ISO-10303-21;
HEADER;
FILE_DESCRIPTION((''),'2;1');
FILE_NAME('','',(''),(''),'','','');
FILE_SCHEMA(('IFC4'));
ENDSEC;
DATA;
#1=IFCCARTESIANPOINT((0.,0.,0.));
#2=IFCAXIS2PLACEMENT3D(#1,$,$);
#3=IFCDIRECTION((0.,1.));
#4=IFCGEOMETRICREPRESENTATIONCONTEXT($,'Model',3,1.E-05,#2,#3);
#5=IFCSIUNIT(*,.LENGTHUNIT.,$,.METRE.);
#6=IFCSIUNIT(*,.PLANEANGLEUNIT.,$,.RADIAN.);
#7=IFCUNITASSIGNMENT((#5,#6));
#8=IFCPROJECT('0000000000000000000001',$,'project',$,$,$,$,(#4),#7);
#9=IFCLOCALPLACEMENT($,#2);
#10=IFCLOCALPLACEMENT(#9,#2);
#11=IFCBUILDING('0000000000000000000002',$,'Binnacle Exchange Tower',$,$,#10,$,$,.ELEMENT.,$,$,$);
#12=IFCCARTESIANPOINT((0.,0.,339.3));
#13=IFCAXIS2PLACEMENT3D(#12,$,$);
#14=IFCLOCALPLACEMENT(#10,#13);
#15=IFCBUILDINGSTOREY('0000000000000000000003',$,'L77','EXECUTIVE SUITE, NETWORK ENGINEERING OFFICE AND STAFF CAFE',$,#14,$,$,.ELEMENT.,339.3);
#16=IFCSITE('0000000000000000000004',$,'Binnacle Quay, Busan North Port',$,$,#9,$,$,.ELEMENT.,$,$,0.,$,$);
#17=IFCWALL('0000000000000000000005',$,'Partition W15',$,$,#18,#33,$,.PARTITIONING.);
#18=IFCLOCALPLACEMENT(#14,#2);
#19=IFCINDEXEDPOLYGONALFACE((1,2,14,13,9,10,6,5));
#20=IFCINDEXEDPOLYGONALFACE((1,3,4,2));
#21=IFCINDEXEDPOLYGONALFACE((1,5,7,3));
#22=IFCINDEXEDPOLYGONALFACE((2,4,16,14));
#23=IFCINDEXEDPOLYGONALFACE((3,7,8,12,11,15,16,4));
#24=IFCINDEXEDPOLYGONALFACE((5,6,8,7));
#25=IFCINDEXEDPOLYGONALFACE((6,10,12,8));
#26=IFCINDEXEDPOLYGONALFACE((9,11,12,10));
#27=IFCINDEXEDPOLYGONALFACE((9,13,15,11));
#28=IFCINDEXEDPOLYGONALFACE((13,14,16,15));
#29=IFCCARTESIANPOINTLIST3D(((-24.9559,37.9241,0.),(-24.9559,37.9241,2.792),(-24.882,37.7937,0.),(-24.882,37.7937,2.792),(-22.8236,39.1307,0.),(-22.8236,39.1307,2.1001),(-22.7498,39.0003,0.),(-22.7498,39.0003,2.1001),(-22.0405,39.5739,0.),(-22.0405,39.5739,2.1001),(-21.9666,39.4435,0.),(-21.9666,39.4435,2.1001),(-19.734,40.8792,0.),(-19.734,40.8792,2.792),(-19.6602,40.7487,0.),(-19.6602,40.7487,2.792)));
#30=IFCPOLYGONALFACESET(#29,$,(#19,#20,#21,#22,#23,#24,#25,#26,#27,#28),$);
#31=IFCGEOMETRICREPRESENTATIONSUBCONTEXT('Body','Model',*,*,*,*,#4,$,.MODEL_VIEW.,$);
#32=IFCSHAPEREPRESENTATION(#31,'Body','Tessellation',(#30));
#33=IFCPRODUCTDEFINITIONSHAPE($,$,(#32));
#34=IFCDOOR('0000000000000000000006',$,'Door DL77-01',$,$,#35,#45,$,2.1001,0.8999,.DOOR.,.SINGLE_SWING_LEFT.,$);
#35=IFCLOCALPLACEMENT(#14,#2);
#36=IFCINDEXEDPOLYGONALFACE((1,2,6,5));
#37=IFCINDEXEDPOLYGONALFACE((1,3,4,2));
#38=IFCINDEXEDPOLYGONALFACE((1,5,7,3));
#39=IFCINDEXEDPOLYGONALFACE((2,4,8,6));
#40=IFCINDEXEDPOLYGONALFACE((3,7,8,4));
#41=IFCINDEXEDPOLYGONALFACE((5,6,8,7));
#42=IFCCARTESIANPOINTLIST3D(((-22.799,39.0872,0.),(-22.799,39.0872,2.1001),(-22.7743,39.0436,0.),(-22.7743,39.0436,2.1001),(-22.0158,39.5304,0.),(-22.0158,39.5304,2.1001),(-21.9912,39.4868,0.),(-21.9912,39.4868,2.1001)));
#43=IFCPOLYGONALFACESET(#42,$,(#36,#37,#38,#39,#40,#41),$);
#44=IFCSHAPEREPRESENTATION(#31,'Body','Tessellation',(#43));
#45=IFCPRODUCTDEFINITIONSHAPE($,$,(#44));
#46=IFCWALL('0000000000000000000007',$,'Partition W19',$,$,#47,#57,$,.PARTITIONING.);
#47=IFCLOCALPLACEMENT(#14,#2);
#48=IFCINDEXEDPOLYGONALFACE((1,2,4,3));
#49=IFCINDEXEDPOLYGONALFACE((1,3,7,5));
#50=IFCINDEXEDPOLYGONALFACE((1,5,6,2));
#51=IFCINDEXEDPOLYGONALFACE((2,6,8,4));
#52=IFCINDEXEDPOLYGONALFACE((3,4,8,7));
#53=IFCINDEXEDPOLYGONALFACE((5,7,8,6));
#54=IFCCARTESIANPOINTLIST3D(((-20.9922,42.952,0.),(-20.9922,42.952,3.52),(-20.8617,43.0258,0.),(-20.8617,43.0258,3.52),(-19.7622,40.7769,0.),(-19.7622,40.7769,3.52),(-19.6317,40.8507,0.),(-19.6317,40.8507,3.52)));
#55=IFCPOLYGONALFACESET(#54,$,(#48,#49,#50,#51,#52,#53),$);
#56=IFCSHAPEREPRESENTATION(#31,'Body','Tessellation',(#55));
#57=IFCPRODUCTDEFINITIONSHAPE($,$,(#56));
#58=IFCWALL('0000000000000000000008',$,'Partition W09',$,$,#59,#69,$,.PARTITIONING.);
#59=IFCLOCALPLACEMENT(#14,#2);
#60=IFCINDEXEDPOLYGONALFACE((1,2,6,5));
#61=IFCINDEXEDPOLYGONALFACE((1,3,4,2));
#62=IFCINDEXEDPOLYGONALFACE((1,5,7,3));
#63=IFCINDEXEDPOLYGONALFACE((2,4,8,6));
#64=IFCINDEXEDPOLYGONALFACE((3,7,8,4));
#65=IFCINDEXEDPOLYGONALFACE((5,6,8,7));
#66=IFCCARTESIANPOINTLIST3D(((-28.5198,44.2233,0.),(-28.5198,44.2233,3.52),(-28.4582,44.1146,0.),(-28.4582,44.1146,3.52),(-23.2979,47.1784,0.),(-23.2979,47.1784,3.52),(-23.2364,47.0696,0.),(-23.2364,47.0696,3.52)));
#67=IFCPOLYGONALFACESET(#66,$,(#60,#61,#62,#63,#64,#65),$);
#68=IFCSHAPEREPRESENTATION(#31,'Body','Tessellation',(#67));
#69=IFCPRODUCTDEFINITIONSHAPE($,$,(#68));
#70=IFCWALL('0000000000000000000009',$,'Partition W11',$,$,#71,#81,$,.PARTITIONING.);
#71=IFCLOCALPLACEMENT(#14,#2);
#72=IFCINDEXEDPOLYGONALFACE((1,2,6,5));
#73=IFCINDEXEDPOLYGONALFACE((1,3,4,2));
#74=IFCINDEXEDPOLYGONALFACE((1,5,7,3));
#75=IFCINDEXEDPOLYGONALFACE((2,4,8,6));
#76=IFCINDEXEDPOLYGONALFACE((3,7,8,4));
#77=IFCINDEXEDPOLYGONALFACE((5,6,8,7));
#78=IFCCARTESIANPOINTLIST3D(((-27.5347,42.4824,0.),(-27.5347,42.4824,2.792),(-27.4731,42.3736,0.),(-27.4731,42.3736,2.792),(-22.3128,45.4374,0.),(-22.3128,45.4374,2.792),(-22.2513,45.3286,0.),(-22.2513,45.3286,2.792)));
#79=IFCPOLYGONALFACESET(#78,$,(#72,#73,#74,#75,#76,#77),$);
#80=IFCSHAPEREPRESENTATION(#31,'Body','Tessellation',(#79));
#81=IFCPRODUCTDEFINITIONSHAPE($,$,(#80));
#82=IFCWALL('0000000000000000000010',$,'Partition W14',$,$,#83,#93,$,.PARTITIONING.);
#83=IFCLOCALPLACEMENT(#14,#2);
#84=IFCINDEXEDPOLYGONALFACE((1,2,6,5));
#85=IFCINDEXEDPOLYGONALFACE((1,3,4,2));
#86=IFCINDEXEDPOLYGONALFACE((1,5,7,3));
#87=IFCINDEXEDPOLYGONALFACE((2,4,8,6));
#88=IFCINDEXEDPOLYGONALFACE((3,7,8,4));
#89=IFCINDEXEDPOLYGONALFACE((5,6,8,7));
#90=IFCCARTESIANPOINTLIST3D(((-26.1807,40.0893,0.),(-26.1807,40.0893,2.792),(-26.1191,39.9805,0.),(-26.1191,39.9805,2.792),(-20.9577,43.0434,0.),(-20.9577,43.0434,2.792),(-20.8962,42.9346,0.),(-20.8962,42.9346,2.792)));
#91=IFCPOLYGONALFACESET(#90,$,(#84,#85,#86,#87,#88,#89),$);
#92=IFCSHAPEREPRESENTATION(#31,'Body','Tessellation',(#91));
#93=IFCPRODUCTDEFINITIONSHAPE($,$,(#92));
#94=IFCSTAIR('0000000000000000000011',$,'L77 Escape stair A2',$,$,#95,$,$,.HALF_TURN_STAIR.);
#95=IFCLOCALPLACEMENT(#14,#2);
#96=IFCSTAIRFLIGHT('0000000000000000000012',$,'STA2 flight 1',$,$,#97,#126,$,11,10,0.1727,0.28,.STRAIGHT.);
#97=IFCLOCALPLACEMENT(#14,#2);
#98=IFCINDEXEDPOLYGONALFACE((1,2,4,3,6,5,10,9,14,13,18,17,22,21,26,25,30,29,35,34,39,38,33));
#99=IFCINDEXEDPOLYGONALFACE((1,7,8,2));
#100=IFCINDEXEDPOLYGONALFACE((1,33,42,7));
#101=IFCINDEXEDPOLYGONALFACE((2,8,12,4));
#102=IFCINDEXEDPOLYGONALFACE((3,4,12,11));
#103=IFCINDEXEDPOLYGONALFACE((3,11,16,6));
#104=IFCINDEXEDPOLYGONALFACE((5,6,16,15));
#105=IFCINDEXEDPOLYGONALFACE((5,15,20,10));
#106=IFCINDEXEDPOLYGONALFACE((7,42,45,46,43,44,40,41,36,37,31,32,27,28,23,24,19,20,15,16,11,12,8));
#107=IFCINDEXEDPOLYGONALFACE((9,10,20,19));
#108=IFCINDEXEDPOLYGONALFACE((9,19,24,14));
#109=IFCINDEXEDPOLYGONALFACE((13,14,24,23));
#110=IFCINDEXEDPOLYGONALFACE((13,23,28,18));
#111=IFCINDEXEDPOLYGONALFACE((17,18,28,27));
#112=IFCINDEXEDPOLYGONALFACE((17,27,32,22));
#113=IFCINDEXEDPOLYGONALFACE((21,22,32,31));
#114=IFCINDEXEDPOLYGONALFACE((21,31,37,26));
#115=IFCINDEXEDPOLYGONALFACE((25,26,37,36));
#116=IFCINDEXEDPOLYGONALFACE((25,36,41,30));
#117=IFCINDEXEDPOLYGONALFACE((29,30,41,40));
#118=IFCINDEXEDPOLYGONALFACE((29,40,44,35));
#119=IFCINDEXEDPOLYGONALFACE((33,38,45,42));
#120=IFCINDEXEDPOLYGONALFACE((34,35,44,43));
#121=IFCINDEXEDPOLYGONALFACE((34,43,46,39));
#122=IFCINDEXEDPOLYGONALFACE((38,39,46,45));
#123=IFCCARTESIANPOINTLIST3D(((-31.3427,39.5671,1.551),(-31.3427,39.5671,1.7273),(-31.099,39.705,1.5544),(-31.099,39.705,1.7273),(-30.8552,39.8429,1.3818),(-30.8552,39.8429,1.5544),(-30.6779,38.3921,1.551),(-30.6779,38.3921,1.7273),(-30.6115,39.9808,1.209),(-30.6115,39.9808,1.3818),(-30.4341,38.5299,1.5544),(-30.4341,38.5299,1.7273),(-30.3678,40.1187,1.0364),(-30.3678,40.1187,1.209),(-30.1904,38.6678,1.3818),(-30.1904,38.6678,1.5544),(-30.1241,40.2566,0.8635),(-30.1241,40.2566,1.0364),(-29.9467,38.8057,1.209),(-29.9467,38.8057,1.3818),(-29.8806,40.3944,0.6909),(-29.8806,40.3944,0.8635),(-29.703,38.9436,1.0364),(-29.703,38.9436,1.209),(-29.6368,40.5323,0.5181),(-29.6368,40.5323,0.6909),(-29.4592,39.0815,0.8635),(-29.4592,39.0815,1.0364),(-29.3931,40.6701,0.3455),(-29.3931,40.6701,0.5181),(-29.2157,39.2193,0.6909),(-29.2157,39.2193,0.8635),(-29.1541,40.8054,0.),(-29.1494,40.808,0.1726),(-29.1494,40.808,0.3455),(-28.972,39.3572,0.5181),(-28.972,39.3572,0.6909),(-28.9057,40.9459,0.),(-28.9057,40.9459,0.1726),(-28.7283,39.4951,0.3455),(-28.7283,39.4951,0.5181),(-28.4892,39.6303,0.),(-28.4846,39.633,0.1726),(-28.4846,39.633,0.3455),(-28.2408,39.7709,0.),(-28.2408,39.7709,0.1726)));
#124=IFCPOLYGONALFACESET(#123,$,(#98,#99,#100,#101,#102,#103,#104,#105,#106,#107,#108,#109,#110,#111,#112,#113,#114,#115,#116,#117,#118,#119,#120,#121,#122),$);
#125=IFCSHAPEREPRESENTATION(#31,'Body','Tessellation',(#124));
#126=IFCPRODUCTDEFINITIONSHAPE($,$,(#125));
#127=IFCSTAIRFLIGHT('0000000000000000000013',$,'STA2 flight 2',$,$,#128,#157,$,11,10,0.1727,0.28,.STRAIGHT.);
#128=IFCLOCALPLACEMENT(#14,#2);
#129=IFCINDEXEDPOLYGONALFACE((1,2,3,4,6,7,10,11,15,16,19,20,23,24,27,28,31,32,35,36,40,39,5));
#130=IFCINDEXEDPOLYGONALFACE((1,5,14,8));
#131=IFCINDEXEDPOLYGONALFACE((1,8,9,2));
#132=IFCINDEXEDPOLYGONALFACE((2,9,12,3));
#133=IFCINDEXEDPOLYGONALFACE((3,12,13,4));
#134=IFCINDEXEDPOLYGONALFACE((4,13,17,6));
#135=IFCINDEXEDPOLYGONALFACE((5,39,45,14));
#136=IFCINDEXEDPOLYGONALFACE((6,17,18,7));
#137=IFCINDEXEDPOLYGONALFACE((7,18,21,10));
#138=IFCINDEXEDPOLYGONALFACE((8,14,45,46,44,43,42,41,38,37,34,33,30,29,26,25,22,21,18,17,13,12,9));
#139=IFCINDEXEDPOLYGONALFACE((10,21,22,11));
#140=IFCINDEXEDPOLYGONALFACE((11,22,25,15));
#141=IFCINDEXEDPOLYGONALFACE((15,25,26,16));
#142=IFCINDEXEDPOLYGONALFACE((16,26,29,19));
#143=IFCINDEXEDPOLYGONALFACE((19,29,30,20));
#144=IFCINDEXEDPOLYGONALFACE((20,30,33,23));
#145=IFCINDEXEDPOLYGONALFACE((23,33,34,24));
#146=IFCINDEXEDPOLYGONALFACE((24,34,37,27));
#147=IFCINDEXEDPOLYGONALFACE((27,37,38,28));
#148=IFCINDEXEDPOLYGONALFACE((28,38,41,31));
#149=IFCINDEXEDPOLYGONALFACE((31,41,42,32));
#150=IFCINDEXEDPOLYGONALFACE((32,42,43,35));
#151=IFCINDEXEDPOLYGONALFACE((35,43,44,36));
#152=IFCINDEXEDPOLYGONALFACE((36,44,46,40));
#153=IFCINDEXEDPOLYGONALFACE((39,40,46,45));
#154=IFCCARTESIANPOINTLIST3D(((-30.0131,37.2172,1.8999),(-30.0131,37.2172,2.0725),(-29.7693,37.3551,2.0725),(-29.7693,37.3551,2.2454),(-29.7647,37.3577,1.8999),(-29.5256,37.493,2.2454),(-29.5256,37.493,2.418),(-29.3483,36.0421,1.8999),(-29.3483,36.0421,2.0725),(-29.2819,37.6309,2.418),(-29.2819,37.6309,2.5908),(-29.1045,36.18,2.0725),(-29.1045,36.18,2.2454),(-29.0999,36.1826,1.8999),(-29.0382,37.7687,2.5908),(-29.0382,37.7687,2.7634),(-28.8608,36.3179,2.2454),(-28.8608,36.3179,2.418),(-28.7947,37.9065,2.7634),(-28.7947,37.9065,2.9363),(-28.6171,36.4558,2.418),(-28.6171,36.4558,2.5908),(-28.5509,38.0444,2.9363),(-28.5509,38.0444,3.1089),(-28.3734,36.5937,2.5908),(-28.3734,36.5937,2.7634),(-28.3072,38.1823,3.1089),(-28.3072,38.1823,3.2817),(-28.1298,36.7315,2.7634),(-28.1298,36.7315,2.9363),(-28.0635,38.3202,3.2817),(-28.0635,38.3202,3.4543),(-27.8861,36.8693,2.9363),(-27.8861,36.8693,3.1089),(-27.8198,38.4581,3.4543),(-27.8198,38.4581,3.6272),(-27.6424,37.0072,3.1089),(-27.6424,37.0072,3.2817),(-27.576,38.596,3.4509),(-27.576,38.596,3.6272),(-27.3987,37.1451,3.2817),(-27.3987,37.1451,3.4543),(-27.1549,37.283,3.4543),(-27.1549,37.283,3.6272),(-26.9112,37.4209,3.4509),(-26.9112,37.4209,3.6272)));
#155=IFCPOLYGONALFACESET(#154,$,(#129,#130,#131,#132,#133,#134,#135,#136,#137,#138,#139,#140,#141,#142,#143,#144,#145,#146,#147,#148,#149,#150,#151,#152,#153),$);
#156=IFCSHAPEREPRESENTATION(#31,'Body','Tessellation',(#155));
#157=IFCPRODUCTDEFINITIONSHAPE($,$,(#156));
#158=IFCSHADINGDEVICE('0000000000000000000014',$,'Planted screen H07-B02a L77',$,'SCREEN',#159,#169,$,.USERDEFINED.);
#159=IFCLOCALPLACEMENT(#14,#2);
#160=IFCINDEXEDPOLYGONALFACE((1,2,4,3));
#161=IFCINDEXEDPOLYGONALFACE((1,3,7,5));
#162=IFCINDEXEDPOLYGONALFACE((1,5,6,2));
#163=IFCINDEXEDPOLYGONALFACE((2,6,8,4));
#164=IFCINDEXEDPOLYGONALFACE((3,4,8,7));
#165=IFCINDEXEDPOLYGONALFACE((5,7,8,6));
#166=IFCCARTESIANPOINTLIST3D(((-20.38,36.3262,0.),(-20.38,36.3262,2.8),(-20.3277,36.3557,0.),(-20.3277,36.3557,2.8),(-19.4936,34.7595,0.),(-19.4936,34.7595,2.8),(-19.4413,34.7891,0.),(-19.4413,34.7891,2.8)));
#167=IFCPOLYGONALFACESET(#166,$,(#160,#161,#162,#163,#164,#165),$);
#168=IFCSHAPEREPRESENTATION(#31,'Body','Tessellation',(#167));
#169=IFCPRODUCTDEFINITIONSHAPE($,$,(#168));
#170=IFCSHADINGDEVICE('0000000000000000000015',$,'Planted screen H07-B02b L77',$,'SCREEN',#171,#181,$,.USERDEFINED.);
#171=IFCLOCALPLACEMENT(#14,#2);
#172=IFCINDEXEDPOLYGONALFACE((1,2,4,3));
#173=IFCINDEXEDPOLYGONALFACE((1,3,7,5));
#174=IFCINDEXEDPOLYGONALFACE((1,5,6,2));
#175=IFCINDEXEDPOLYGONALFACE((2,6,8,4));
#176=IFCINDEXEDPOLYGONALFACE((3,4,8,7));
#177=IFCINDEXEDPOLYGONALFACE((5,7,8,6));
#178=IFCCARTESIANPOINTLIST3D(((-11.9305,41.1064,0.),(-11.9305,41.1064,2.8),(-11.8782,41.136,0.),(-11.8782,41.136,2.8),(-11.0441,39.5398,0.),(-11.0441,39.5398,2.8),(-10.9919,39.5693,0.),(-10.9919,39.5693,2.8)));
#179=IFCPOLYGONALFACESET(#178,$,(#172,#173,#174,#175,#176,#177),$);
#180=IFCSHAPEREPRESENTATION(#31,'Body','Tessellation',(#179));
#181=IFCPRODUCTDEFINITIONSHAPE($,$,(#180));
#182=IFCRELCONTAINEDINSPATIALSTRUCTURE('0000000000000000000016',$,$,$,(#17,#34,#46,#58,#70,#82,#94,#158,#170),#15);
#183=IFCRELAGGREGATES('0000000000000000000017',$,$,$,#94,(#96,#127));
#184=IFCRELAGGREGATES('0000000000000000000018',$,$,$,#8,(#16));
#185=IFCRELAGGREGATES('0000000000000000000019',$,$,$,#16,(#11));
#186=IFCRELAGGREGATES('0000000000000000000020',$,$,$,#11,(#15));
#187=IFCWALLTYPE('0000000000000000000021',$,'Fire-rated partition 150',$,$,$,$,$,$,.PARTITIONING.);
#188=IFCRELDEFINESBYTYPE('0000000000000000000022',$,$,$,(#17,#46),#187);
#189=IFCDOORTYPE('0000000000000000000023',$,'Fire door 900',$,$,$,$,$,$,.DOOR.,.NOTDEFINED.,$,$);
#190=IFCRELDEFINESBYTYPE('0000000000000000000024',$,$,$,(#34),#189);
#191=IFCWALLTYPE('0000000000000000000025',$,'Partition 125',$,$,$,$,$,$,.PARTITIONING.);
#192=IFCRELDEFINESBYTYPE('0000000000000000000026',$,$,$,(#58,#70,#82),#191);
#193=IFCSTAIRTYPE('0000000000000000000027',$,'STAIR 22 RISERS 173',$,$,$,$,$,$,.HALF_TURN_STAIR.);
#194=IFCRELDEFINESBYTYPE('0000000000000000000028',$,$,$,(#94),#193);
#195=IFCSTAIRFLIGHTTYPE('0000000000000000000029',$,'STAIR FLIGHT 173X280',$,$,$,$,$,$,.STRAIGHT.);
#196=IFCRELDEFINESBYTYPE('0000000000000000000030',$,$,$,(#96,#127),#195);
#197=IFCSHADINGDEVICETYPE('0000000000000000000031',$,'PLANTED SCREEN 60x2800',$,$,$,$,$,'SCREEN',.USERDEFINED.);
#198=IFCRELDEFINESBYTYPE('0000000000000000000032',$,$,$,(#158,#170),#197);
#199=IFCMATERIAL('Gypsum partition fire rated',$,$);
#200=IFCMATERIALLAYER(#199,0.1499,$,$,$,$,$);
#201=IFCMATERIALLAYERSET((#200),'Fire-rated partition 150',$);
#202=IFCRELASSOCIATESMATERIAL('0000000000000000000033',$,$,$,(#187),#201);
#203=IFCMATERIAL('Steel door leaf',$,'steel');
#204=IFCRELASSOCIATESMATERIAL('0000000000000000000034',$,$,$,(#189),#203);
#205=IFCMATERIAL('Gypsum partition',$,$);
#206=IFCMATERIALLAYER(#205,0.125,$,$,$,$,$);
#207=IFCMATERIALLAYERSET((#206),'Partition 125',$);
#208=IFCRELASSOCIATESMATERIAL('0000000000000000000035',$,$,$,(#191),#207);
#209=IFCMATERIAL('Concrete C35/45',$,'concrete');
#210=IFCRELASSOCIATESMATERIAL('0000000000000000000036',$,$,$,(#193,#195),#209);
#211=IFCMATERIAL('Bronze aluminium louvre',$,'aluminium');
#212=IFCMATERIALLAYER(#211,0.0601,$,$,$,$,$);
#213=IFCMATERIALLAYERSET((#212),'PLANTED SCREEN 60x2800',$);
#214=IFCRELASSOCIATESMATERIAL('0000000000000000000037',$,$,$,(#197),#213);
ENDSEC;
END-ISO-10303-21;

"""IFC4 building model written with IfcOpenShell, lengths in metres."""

from ifc_helpers import new_model, si_unit, direction, frame, frame_2d, origin, origin_2d, place, context, subcontext, project, spatial, polyline, rectangle, outline, extrude, material, layer, layer_set, type_object, element, fill, aggregate, save


model = new_model("IFC4")

# Units and contexts
model_context = context("Model", 3, precision=1e-05, world=origin(), true_north=direction((0.0, 1.0)))
body_context = subcontext(model_context, "Body", "Model", "MODEL_VIEW")
ifc_project = project(units=[si_unit("LENGTHUNIT", "METRE"), si_unit("PLANEANGLEUNIT", "RADIAN")], contexts=[model_context])

# Site, building, storey
site_placement = place(None, origin())
site = spatial("IfcSite", under=ifc_project, at=site_placement, Name="Binnacle Quay, Busan North Port", CompositionType="ELEMENT", RefElevation=0.0)
building_placement = place(site_placement, origin())
building = spatial("IfcBuilding", under=site, at=building_placement, Name="Binnacle Exchange Tower", CompositionType="ELEMENT")
storey_placement = place(building_placement, frame((0.0, 0.0, 339.3)))
storey = spatial("IfcBuildingStorey", under=building, at=storey_placement, Name="L77", Description="EXECUTIVE SUITE, NETWORK ENGINEERING OFFICE AND STAFF CAFE", CompositionType="ELEMENT", Elevation=339.3)

# Shared definitions
ifc_material_1 = material(Name="Steel door leaf", Category="steel")

# Wall, opening, door
ifc_material_2 = material(Name="Gypsum partition fire rated")
ifc_layer_1 = layer(ifc_material_2, 0.1499)
ifc_layer_set_1 = layer_set([ifc_layer_1], Name="Fire-rated partition 150")
wall_type_1 = type_object("IfcWallType", Name="Fire-rated partition 150", PredefinedType="PARTITIONING", material=ifc_layer_set_1)
wall_1_placement = place(storey_placement, frame((-24.9189, 37.8589, 0.0), z_axis=(0.0, 0.0, 1.0), x_axis=(0.870309, 0.492506, 0.0)))
wall_1 = element("IfcWall", 1, at=wall_1_placement, inside=storey, type_object=wall_type_1, Name="Partition W15", PredefinedType="PARTITIONING", context=body_context, shape_type="SweptSolid", body=[
    extrude(rectangle(XDim=6.0, YDim=0.1499, at=frame_2d((3.0, 0.0))), origin(), (0.0, 0.0, 1.0), 2.792),
])
opening_1_placement = place(wall_1_placement, frame((2.45, 0.0, 0.0)))
opening_1 = element("IfcOpeningElement", 2, at=opening_1_placement, cuts=wall_1, PredefinedType="OPENING", context=body_context, shape_type="SweptSolid", body=[
    extrude(rectangle(XDim=0.8999, YDim=2.1001, at=frame_2d((0.45, 1.05))), frame((0.0, 0.085, 0.0), z_axis=(0.0, -1.0, 0.0), x_axis=(1.0, 0.0, 0.0)), (0.0, 0.0, 1.0), 0.1699),
])
door_type_1 = type_object("IfcDoorType", Name="Fire door 900", OperationType="NOTDEFINED", PredefinedType="DOOR", material=ifc_material_1)
door_1_placement = place(opening_1_placement, origin())
door_1 = element("IfcDoor", 3, at=door_1_placement, inside=storey, type_object=door_type_1, Name="Door DL77-01", OperationType="SINGLE_SWING_LEFT", OverallHeight=2.1001, OverallWidth=0.8999, PredefinedType="DOOR", context=body_context, shape_type="SweptSolid", body=[
    extrude(rectangle(XDim=0.8999, YDim=2.1001, at=frame_2d((0.45, 1.05))), frame((0.0, 0.0249, 0.0), z_axis=(0.0, -1.0, 0.0), x_axis=(1.0, 0.0, 0.0)), (0.0, 0.0, 1.0), 0.05),
])
fill(opening_1, door_1)

# Walls
wall_2_placement = place(storey_placement, frame((-20.927, 42.989, 0.0), z_axis=(0.0, 0.0, 1.0), x_axis=(0.492241, -0.870459, 0.0)))
element("IfcWall", 4, at=wall_2_placement, inside=storey, type_object=wall_type_1, Name="Partition W19", PredefinedType="PARTITIONING", context=body_context, shape_type="SweptSolid", body=[
    extrude(rectangle(XDim=2.4988, YDim=0.1499, at=frame_2d((1.2495, 0.0))), origin(), (0.0, 0.0, 1.0), 3.52),
])
ifc_material_3 = material(Name="Gypsum partition")
ifc_layer_2 = layer(ifc_material_3, 0.125)
ifc_layer_set_2 = layer_set([ifc_layer_2], Name="Partition 125")
wall_type_2 = type_object("IfcWallType", Name="Partition 125", PredefinedType="PARTITIONING", material=ifc_layer_set_2)
wall_3_placement = place(storey_placement, frame((-28.489, 44.1689, 0.0), z_axis=(0.0, 0.0, 1.0), x_axis=(0.870309, 0.492506, 0.0)))
element("IfcWall", 5, at=wall_3_placement, inside=storey, type_object=wall_type_2, Name="Partition W09", PredefinedType="PARTITIONING", context=body_context, shape_type="SweptSolid", body=[
    extrude(rectangle(XDim=6.0, YDim=0.125, at=frame_2d((3.0, 0.0))), origin(), (0.0, 0.0, 1.0), 3.52),
])
wall_4_placement = place(storey_placement, frame((-27.5039, 42.428, 0.0), z_axis=(0.0, 0.0, 1.0), x_axis=(0.870309, 0.492506, 0.0)))
element("IfcWall", 6, at=wall_4_placement, inside=storey, type_object=wall_type_2, Name="Partition W11", PredefinedType="PARTITIONING", context=body_context, shape_type="SweptSolid", body=[
    extrude(rectangle(XDim=6.0, YDim=0.125, at=frame_2d((3.0, 0.0))), origin(), (0.0, 0.0, 1.0), 2.792),
])
wall_5_placement = place(storey_placement, frame((-26.1499, 40.0349, 0.0), z_axis=(0.0, 0.0, 1.0), x_axis=(0.870418, 0.492313, 0.0)))
element("IfcWall", 7, at=wall_5_placement, inside=storey, type_object=wall_type_2, Name="Partition W14", PredefinedType="PARTITIONING", context=body_context, shape_type="SweptSolid", body=[
    extrude(rectangle(XDim=6.0005, YDim=0.125, at=frame_2d((3.0002, 0.0))), origin(), (0.0, 0.0, 1.0), 2.792),
])

# Stair, stair flights
ifc_material_4 = material(Name="Concrete C35/45", Category="concrete")
stair_type = type_object("IfcStairType", Name="STAIR 22 RISERS 173", PredefinedType="HALF_TURN_STAIR", material=ifc_material_4)
stair_placement = place(storey_placement, origin())
stair = element("IfcStair", 8, at=stair_placement, inside=storey, type_object=stair_type, Name="L77 Escape stair A2", PredefinedType="HALF_TURN_STAIR")
stair_flight_type = type_object("IfcStairFlightType", Name="STAIR FLIGHT 173X280", PredefinedType="STRAIGHT", material=ifc_material_4)
stair_flight_1_placement = place(storey_placement, frame((-28.5732, 40.3584, 0.0), z_axis=(0.0, 0.0, 1.0), x_axis=(-0.870356, -0.492424, 0.0)))
stair_flight_1 = element("IfcStairFlight", 9, at=stair_flight_1_placement, type_object=stair_flight_type, Name="STA2 flight 1", NumberOfRisers=11, NumberOfTreads=10, PredefinedType="STRAIGHT", RiserHeight=0.1727, TreadLength=0.28, context=body_context, shape_type="SweptSolid", body=[
    extrude(outline(polyline([(0.0, 0.0), (0.0, 0.1726), (0.28, 0.1726), (0.28, 0.3455), (0.5601, 0.3455), (0.5601, 0.5181), (0.8401, 0.5181), (0.8401, 0.6909), (1.1201, 0.6909), (1.1201, 0.8635), (1.3999, 0.8635), (1.3999, 1.0364), (1.6799, 1.0364), (1.6799, 1.209), (1.96, 1.209), (1.96, 1.3818), (2.24, 1.3818), (2.24, 1.5544), (2.52, 1.5544), (2.52, 1.7273), (2.8, 1.7273), (2.8, 1.8999), (2.8, 1.551), (0.2854, 0.0), (0.0, 0.0)])), frame((0.0, 0.675, 0.0), z_axis=(0.0, -1.0, 0.0), x_axis=(1.0, 0.0, 0.0)), (0.0, 0.0, 1.0), 1.3501),
])
stair_flight_2_placement = place(storey_placement, frame((-29.6807, 36.6296, 1.8999), z_axis=(0.0, 0.0, 1.0), x_axis=(0.870356, 0.492424, 0.0)))
stair_flight_2 = element("IfcStairFlight", 10, at=stair_flight_2_placement, type_object=stair_flight_type, Name="STA2 flight 2", NumberOfRisers=11, NumberOfTreads=10, PredefinedType="STRAIGHT", RiserHeight=0.1727, TreadLength=0.28, context=body_context, shape_type="SweptSolid", body=[
    extrude(outline(polyline([(0.0, 0.0), (0.0, 0.1726), (0.28, 0.1726), (0.28, 0.3455), (0.5601, 0.3455), (0.5601, 0.5181), (0.8401, 0.5181), (0.8401, 0.6909), (1.1201, 0.6909), (1.1201, 0.8635), (1.3999, 0.8635), (1.3999, 1.0364), (1.6799, 1.0364), (1.6799, 1.209), (1.96, 1.209), (1.96, 1.3818), (2.24, 1.3818), (2.24, 1.5544), (2.52, 1.5544), (2.52, 1.7273), (2.8, 1.7273), (2.8, 1.8999), (2.8, 1.551), (0.2854, 0.0), (0.0, 0.0)])), frame((0.0, 0.675, 0.0), z_axis=(0.0, -1.0, 0.0), x_axis=(1.0, 0.0, 0.0)), (0.0, 0.0, 1.0), 1.3501),
])
aggregate(stair, [stair_flight_1, stair_flight_2])

# Shading devices
ifc_material_5 = material(Name="Bronze aluminium louvre", Category="aluminium")
ifc_layer_3 = layer(ifc_material_5, 0.0601)
ifc_layer_set_3 = layer_set([ifc_layer_3], Name="PLANTED SCREEN 60x2800")
shading_device_type = type_object("IfcShadingDeviceType", Name="PLANTED SCREEN 60x2800", ElementType="SCREEN", PredefinedType="USERDEFINED", material=ifc_layer_set_3)
for number, where, z_axis, x_axis, name in (
    (11, (-19.9106, 35.5576, 0.0), (0.0, 0.0, 1.0), (0.870356, 0.492424, 0.0), "Planted screen H07-B02a L77"),
    (12, (-11.4612, 40.3379, 0.0), (0.0, 0.0, 1.0), (0.870356, 0.492424, 0.0), "Planted screen H07-B02b L77"),
):
    element("IfcShadingDevice", number, at=place(storey_placement, frame(where, z_axis=z_axis, x_axis=x_axis)), inside=storey, type_object=shading_device_type, Name=name, ObjectType="SCREEN", PredefinedType="USERDEFINED", context=body_context, shape_type="SweptSolid", body=[
        extrude(rectangle(XDim=0.0601, YDim=1.8, at=origin_2d()), origin(), (0.0, 0.0, 1.0), 2.8),
    ])

save(model, "model.ifc")
